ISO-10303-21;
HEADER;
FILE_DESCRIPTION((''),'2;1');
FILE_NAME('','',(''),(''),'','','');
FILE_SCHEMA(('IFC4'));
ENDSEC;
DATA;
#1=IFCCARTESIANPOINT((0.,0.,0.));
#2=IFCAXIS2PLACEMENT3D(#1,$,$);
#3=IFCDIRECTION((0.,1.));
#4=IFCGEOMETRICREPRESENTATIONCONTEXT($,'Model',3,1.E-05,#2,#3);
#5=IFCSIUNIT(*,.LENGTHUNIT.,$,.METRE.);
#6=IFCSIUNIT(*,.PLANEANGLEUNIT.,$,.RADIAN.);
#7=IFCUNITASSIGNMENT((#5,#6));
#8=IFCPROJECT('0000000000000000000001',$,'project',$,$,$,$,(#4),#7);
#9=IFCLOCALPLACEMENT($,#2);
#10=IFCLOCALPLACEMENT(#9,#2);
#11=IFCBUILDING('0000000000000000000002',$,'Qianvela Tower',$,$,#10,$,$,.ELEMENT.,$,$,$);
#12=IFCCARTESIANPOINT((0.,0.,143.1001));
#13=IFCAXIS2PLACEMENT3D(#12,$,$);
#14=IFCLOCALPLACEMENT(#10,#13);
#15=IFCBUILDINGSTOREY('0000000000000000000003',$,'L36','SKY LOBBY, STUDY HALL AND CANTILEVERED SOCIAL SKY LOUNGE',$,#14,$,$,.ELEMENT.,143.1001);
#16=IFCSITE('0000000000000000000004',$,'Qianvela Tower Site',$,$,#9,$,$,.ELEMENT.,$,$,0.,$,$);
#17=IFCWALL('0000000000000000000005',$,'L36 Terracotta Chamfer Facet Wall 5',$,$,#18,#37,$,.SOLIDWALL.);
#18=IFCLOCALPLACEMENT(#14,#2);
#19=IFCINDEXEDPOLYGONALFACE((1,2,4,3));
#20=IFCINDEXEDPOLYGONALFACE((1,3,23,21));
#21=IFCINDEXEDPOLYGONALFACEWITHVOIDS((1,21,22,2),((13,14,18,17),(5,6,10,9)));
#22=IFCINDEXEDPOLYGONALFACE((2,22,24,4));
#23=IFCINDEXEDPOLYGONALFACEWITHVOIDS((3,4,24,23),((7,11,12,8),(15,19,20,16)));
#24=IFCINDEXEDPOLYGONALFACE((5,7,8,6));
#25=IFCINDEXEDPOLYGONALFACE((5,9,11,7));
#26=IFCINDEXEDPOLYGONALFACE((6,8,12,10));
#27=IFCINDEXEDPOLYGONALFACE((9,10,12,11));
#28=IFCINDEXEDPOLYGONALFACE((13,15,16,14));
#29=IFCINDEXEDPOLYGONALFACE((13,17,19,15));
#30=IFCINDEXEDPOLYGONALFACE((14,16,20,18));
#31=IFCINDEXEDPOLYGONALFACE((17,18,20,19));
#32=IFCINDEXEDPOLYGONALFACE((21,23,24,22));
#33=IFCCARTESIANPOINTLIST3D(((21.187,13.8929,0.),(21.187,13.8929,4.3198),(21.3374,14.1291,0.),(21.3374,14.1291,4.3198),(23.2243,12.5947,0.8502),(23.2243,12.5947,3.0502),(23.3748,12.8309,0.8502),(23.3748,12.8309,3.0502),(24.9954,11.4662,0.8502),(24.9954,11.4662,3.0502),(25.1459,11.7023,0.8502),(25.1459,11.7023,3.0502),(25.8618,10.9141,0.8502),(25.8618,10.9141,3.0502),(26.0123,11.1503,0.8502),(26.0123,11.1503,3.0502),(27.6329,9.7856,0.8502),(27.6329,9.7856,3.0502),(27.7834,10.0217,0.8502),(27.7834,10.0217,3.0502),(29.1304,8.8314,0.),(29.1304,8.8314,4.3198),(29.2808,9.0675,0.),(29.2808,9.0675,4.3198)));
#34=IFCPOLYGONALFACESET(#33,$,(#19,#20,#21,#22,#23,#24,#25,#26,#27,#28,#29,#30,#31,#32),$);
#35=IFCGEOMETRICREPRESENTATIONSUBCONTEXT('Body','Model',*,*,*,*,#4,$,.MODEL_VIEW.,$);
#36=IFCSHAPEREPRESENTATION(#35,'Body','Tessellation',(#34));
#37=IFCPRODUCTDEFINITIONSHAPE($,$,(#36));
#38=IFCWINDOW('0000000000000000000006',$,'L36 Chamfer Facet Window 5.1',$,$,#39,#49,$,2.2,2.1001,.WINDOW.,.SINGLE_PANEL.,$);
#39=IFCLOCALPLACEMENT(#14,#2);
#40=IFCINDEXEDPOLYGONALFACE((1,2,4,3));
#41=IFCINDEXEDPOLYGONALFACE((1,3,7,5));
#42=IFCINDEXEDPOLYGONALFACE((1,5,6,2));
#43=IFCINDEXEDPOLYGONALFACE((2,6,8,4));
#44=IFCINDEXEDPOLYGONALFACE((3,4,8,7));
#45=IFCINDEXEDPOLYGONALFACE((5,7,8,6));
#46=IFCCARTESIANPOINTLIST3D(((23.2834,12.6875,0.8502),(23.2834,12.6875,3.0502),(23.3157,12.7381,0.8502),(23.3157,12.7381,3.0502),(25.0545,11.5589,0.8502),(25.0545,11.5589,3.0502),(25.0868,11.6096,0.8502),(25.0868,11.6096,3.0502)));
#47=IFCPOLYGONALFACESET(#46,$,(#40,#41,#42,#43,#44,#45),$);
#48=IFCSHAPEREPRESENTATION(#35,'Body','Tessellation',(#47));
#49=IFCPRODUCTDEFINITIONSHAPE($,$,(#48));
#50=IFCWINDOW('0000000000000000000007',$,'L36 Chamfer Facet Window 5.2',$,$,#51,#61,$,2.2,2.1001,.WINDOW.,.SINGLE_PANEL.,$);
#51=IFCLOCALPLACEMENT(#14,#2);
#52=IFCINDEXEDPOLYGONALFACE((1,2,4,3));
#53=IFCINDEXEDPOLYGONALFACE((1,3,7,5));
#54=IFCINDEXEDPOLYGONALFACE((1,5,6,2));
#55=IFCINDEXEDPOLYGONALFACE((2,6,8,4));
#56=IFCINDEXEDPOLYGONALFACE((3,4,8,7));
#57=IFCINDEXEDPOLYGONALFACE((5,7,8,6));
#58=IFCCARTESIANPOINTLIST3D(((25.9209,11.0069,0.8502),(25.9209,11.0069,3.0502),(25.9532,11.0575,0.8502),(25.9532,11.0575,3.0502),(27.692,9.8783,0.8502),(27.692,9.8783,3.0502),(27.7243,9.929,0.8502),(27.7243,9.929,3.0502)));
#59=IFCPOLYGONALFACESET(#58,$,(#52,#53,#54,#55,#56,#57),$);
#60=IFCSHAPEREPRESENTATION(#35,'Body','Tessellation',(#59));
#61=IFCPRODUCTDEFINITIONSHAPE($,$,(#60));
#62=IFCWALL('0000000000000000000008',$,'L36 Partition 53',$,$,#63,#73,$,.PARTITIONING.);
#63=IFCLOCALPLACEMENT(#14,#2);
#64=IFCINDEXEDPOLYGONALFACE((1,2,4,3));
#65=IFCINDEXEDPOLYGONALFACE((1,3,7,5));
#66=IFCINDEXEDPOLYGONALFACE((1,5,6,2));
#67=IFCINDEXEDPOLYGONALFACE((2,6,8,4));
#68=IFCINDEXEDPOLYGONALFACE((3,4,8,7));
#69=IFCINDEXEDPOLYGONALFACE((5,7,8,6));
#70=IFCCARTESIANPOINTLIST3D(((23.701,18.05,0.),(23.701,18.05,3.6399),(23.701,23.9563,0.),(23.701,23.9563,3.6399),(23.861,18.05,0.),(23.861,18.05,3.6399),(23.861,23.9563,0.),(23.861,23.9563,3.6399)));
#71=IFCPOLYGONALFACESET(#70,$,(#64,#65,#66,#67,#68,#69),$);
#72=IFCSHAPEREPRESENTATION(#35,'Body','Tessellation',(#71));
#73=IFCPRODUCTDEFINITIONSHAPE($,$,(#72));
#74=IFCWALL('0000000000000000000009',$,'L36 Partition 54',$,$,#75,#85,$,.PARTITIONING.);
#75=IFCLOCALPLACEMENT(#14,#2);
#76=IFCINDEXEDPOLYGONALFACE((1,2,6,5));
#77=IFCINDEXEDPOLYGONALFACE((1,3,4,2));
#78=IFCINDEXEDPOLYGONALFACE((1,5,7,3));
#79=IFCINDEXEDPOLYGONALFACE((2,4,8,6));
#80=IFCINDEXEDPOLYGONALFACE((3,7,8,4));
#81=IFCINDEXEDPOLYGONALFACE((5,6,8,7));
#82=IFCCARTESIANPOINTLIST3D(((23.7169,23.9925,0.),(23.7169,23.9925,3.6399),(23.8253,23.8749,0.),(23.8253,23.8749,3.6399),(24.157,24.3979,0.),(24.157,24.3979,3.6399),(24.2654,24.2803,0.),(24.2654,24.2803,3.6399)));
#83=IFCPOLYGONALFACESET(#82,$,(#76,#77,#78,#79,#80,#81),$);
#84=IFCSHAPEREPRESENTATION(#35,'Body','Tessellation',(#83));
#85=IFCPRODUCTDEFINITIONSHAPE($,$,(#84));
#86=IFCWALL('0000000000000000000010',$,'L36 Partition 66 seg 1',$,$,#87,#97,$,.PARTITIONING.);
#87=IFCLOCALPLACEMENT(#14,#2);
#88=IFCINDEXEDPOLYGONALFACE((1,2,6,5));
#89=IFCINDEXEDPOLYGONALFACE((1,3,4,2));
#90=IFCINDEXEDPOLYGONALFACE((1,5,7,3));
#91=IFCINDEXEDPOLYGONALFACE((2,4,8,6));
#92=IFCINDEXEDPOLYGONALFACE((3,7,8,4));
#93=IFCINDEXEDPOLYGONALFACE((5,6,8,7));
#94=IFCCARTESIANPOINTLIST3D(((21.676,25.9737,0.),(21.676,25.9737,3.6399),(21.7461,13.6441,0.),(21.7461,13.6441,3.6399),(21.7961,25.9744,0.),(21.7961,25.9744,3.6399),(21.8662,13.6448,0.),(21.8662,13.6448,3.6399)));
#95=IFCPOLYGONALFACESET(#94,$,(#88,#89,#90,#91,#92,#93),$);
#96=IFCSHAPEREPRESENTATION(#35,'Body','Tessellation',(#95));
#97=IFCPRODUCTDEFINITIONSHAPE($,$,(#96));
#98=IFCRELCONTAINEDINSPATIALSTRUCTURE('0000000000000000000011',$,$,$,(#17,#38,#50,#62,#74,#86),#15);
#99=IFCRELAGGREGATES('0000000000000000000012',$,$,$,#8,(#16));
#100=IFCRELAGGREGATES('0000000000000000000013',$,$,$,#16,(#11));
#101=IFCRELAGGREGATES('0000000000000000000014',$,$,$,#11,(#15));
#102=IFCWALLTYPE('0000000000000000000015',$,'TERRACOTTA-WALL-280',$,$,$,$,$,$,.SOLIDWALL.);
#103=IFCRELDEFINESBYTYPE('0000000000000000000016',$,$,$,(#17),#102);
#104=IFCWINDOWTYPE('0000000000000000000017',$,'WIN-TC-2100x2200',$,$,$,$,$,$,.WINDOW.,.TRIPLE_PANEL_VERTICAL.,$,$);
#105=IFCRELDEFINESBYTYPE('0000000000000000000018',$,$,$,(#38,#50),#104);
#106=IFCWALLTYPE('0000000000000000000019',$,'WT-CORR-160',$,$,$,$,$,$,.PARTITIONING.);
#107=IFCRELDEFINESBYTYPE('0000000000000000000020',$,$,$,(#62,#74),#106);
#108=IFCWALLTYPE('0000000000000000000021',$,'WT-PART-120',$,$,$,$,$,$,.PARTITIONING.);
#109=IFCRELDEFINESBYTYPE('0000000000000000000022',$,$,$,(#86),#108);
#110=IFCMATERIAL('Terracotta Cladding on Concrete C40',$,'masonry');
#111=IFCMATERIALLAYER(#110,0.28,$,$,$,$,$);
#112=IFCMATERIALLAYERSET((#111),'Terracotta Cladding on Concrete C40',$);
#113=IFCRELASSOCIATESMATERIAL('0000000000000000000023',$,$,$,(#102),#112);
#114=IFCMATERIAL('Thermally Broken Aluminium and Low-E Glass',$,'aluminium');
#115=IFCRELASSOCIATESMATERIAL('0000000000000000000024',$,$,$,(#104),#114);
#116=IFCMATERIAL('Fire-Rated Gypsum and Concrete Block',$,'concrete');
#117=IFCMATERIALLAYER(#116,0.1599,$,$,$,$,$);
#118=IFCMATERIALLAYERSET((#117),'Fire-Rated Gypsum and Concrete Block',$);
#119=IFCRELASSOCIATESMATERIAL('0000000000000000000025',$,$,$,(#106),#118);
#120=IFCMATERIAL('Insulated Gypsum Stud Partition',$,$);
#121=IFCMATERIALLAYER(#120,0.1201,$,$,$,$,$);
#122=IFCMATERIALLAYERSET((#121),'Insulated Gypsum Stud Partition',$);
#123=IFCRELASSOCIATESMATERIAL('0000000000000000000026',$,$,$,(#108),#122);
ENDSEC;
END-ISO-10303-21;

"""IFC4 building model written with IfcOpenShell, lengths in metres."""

from ifc_helpers import new_model, si_unit, direction, frame, frame_2d, origin, place, context, subcontext, project, spatial, rectangle, extrude, material, layer, layer_set, type_object, element, fill, save


model = new_model("IFC4")

# Units and contexts
model_context = context("Model", 3, precision=1e-05, world=origin(), true_north=direction((0.0, 1.0)))
body_context = subcontext(model_context, "Body", "Model", "MODEL_VIEW")
ifc_project = project(units=[si_unit("LENGTHUNIT", "METRE"), si_unit("PLANEANGLEUNIT", "RADIAN")], contexts=[model_context])

# Site, building, storey
site_placement = place(None, origin())
site = spatial("IfcSite", under=ifc_project, at=site_placement, Name="Qianvela Tower Site", CompositionType="ELEMENT", RefElevation=0.0)
building_placement = place(site_placement, origin())
building = spatial("IfcBuilding", under=site, at=building_placement, Name="Qianvela Tower", CompositionType="ELEMENT")
storey_placement = place(building_placement, frame((0.0, 0.0, 143.1001)))
storey = spatial("IfcBuildingStorey", under=building, at=storey_placement, Name="L36", Description="SKY LOBBY, STUDY HALL AND CANTILEVERED SOCIAL SKY LOUNGE", CompositionType="ELEMENT", Elevation=143.1001)

# Wall, openings, windows
ifc_material_1 = material(Name="Terracotta Cladding on Concrete C40", Category="masonry")
ifc_layer_1 = layer(ifc_material_1, 0.28)
ifc_layer_set_1 = layer_set([ifc_layer_1], Name="Terracotta Cladding on Concrete C40")
wall_type_1 = type_object("IfcWallType", Name="TERRACOTTA-WALL-280", PredefinedType="SOLIDWALL", material=ifc_layer_set_1)
wall_1_placement = place(storey_placement, frame((21.2622, 14.011, 0.0), z_axis=(0.0, 0.0, 1.0), x_axis=(0.843341, -0.537379, 0.0)))
wall_1 = element("IfcWall", 1, at=wall_1_placement, inside=storey, type_object=wall_type_1, Name="L36 Terracotta Chamfer Facet Wall 5", PredefinedType="SOLIDWALL", context=body_context, shape_type="SweptSolid", body=[
    extrude(rectangle(XDim=9.4189, YDim=0.28, at=frame_2d((4.7095, 0.0))), origin(), (0.0, 0.0, 1.0), 4.3198),
])
opening_1_placement = place(wall_1_placement, frame((2.4158, 0.0, 0.8501)))
opening_1 = element("IfcOpeningElement", 2, at=opening_1_placement, cuts=wall_1, PredefinedType="OPENING", context=body_context, shape_type="SweptSolid", body=[
    extrude(rectangle(XDim=2.1001, YDim=2.2, at=frame_2d((1.05, 1.1001))), frame((0.0, 0.1499, 0.0), z_axis=(0.0, -1.0, 0.0), x_axis=(1.0, 0.0, 0.0)), (0.0, 0.0, 1.0), 0.3),
])
opening_2_placement = place(wall_1_placement, frame((5.5432, 0.0, 0.8501)))
opening_2 = element("IfcOpeningElement", 3, at=opening_2_placement, cuts=wall_1, PredefinedType="OPENING", context=body_context, shape_type="SweptSolid", body=[
    extrude(rectangle(XDim=2.1001, YDim=2.2, at=frame_2d((1.05, 1.1001))), frame((0.0, 0.1499, 0.0), z_axis=(0.0, -1.0, 0.0), x_axis=(1.0, 0.0, 0.0)), (0.0, 0.0, 1.0), 0.3),
])
ifc_material_2 = material(Name="Thermally Broken Aluminium and Low-E Glass", Category="aluminium")
window_type = type_object("IfcWindowType", Name="WIN-TC-2100x2200", PartitioningType="TRIPLE_PANEL_VERTICAL", PredefinedType="WINDOW", material=ifc_material_2)
window_1_placement = place(opening_1_placement, origin())
window_1 = element("IfcWindow", 4, at=window_1_placement, inside=storey, type_object=window_type, Name="L36 Chamfer Facet Window 5.1", OverallHeight=2.2, OverallWidth=2.1001, PartitioningType="SINGLE_PANEL", PredefinedType="WINDOW", context=body_context, shape_type="SweptSolid", body=[
    extrude(rectangle(XDim=2.1001, YDim=2.2, at=frame_2d((1.05, 1.1001))), frame((0.0, 0.03, 0.0), z_axis=(0.0, -1.0, 0.0), x_axis=(1.0, 0.0, 0.0)), (0.0, 0.0, 1.0), 0.0601),
])
fill(opening_1, window_1)
window_2_placement = place(opening_2_placement, origin())
window_2 = element("IfcWindow", 5, at=window_2_placement, inside=storey, type_object=window_type, Name="L36 Chamfer Facet Window 5.2", OverallHeight=2.2, OverallWidth=2.1001, PartitioningType="SINGLE_PANEL", PredefinedType="WINDOW", context=body_context, shape_type="SweptSolid", body=[
    extrude(rectangle(XDim=2.1001, YDim=2.2, at=frame_2d((1.05, 1.1001))), frame((0.0, 0.03, 0.0), z_axis=(0.0, -1.0, 0.0), x_axis=(1.0, 0.0, 0.0)), (0.0, 0.0, 1.0), 0.0601),
])
fill(opening_2, window_2)

# Walls
ifc_material_3 = material(Name="Fire-Rated Gypsum and Concrete Block", Category="concrete")
ifc_layer_2 = layer(ifc_material_3, 0.1599)
ifc_layer_set_2 = layer_set([ifc_layer_2], Name="Fire-Rated Gypsum and Concrete Block")
wall_type_2 = type_object("IfcWallType", Name="WT-CORR-160", PredefinedType="PARTITIONING", material=ifc_layer_set_2)
wall_2_placement = place(storey_placement, frame((23.781, 18.05, 0.0), z_axis=(0.0, 0.0, 1.0), x_axis=(0.0, 1.0, 0.0)))
element("IfcWall", 6, at=wall_2_placement, inside=storey, type_object=wall_type_2, Name="L36 Partition 53", PredefinedType="PARTITIONING", context=body_context, shape_type="SweptSolid", body=[
    extrude(rectangle(XDim=5.9062, YDim=0.1599, at=frame_2d((2.9531, 0.0))), origin(), (0.0, 0.0, 1.0), 3.6399),
])
wall_3_placement = place(storey_placement, frame((23.771, 23.9336, 0.0), z_axis=(0.0, 0.0, 1.0), x_axis=(0.735476, 0.677551, 0.0)))
element("IfcWall", 7, at=wall_3_placement, inside=storey, type_object=wall_type_2, Name="L36 Partition 54", PredefinedType="PARTITIONING", context=body_context, shape_type="SweptSolid", body=[
    extrude(rectangle(XDim=0.5984, YDim=0.1599, at=frame_2d((0.2993, 0.0))), origin(), (0.0, 0.0, 1.0), 3.6399),
])
ifc_material_4 = material(Name="Insulated Gypsum Stud Partition")
ifc_layer_3 = layer(ifc_material_4, 0.1201)
ifc_layer_set_3 = layer_set([ifc_layer_3], Name="Insulated Gypsum Stud Partition")
wall_type_3 = type_object("IfcWallType", Name="WT-PART-120", PredefinedType="PARTITIONING", material=ifc_layer_set_3)
wall_4_placement = place(storey_placement, frame((21.8062, 13.6443, 0.0), z_axis=(0.0, 0.0, 1.0), x_axis=(-0.005683, 0.999984, 0.0)))
element("IfcWall", 8, at=wall_4_placement, inside=storey, type_object=wall_type_3, Name="L36 Partition 66 seg 1", PredefinedType="PARTITIONING", context=body_context, shape_type="SweptSolid", body=[
    extrude(rectangle(XDim=12.3298, YDim=0.1201, at=frame_2d((6.165, 0.0))), origin(), (0.0, 0.0, 1.0), 3.6399),
])

save(model, "model.ifc")
